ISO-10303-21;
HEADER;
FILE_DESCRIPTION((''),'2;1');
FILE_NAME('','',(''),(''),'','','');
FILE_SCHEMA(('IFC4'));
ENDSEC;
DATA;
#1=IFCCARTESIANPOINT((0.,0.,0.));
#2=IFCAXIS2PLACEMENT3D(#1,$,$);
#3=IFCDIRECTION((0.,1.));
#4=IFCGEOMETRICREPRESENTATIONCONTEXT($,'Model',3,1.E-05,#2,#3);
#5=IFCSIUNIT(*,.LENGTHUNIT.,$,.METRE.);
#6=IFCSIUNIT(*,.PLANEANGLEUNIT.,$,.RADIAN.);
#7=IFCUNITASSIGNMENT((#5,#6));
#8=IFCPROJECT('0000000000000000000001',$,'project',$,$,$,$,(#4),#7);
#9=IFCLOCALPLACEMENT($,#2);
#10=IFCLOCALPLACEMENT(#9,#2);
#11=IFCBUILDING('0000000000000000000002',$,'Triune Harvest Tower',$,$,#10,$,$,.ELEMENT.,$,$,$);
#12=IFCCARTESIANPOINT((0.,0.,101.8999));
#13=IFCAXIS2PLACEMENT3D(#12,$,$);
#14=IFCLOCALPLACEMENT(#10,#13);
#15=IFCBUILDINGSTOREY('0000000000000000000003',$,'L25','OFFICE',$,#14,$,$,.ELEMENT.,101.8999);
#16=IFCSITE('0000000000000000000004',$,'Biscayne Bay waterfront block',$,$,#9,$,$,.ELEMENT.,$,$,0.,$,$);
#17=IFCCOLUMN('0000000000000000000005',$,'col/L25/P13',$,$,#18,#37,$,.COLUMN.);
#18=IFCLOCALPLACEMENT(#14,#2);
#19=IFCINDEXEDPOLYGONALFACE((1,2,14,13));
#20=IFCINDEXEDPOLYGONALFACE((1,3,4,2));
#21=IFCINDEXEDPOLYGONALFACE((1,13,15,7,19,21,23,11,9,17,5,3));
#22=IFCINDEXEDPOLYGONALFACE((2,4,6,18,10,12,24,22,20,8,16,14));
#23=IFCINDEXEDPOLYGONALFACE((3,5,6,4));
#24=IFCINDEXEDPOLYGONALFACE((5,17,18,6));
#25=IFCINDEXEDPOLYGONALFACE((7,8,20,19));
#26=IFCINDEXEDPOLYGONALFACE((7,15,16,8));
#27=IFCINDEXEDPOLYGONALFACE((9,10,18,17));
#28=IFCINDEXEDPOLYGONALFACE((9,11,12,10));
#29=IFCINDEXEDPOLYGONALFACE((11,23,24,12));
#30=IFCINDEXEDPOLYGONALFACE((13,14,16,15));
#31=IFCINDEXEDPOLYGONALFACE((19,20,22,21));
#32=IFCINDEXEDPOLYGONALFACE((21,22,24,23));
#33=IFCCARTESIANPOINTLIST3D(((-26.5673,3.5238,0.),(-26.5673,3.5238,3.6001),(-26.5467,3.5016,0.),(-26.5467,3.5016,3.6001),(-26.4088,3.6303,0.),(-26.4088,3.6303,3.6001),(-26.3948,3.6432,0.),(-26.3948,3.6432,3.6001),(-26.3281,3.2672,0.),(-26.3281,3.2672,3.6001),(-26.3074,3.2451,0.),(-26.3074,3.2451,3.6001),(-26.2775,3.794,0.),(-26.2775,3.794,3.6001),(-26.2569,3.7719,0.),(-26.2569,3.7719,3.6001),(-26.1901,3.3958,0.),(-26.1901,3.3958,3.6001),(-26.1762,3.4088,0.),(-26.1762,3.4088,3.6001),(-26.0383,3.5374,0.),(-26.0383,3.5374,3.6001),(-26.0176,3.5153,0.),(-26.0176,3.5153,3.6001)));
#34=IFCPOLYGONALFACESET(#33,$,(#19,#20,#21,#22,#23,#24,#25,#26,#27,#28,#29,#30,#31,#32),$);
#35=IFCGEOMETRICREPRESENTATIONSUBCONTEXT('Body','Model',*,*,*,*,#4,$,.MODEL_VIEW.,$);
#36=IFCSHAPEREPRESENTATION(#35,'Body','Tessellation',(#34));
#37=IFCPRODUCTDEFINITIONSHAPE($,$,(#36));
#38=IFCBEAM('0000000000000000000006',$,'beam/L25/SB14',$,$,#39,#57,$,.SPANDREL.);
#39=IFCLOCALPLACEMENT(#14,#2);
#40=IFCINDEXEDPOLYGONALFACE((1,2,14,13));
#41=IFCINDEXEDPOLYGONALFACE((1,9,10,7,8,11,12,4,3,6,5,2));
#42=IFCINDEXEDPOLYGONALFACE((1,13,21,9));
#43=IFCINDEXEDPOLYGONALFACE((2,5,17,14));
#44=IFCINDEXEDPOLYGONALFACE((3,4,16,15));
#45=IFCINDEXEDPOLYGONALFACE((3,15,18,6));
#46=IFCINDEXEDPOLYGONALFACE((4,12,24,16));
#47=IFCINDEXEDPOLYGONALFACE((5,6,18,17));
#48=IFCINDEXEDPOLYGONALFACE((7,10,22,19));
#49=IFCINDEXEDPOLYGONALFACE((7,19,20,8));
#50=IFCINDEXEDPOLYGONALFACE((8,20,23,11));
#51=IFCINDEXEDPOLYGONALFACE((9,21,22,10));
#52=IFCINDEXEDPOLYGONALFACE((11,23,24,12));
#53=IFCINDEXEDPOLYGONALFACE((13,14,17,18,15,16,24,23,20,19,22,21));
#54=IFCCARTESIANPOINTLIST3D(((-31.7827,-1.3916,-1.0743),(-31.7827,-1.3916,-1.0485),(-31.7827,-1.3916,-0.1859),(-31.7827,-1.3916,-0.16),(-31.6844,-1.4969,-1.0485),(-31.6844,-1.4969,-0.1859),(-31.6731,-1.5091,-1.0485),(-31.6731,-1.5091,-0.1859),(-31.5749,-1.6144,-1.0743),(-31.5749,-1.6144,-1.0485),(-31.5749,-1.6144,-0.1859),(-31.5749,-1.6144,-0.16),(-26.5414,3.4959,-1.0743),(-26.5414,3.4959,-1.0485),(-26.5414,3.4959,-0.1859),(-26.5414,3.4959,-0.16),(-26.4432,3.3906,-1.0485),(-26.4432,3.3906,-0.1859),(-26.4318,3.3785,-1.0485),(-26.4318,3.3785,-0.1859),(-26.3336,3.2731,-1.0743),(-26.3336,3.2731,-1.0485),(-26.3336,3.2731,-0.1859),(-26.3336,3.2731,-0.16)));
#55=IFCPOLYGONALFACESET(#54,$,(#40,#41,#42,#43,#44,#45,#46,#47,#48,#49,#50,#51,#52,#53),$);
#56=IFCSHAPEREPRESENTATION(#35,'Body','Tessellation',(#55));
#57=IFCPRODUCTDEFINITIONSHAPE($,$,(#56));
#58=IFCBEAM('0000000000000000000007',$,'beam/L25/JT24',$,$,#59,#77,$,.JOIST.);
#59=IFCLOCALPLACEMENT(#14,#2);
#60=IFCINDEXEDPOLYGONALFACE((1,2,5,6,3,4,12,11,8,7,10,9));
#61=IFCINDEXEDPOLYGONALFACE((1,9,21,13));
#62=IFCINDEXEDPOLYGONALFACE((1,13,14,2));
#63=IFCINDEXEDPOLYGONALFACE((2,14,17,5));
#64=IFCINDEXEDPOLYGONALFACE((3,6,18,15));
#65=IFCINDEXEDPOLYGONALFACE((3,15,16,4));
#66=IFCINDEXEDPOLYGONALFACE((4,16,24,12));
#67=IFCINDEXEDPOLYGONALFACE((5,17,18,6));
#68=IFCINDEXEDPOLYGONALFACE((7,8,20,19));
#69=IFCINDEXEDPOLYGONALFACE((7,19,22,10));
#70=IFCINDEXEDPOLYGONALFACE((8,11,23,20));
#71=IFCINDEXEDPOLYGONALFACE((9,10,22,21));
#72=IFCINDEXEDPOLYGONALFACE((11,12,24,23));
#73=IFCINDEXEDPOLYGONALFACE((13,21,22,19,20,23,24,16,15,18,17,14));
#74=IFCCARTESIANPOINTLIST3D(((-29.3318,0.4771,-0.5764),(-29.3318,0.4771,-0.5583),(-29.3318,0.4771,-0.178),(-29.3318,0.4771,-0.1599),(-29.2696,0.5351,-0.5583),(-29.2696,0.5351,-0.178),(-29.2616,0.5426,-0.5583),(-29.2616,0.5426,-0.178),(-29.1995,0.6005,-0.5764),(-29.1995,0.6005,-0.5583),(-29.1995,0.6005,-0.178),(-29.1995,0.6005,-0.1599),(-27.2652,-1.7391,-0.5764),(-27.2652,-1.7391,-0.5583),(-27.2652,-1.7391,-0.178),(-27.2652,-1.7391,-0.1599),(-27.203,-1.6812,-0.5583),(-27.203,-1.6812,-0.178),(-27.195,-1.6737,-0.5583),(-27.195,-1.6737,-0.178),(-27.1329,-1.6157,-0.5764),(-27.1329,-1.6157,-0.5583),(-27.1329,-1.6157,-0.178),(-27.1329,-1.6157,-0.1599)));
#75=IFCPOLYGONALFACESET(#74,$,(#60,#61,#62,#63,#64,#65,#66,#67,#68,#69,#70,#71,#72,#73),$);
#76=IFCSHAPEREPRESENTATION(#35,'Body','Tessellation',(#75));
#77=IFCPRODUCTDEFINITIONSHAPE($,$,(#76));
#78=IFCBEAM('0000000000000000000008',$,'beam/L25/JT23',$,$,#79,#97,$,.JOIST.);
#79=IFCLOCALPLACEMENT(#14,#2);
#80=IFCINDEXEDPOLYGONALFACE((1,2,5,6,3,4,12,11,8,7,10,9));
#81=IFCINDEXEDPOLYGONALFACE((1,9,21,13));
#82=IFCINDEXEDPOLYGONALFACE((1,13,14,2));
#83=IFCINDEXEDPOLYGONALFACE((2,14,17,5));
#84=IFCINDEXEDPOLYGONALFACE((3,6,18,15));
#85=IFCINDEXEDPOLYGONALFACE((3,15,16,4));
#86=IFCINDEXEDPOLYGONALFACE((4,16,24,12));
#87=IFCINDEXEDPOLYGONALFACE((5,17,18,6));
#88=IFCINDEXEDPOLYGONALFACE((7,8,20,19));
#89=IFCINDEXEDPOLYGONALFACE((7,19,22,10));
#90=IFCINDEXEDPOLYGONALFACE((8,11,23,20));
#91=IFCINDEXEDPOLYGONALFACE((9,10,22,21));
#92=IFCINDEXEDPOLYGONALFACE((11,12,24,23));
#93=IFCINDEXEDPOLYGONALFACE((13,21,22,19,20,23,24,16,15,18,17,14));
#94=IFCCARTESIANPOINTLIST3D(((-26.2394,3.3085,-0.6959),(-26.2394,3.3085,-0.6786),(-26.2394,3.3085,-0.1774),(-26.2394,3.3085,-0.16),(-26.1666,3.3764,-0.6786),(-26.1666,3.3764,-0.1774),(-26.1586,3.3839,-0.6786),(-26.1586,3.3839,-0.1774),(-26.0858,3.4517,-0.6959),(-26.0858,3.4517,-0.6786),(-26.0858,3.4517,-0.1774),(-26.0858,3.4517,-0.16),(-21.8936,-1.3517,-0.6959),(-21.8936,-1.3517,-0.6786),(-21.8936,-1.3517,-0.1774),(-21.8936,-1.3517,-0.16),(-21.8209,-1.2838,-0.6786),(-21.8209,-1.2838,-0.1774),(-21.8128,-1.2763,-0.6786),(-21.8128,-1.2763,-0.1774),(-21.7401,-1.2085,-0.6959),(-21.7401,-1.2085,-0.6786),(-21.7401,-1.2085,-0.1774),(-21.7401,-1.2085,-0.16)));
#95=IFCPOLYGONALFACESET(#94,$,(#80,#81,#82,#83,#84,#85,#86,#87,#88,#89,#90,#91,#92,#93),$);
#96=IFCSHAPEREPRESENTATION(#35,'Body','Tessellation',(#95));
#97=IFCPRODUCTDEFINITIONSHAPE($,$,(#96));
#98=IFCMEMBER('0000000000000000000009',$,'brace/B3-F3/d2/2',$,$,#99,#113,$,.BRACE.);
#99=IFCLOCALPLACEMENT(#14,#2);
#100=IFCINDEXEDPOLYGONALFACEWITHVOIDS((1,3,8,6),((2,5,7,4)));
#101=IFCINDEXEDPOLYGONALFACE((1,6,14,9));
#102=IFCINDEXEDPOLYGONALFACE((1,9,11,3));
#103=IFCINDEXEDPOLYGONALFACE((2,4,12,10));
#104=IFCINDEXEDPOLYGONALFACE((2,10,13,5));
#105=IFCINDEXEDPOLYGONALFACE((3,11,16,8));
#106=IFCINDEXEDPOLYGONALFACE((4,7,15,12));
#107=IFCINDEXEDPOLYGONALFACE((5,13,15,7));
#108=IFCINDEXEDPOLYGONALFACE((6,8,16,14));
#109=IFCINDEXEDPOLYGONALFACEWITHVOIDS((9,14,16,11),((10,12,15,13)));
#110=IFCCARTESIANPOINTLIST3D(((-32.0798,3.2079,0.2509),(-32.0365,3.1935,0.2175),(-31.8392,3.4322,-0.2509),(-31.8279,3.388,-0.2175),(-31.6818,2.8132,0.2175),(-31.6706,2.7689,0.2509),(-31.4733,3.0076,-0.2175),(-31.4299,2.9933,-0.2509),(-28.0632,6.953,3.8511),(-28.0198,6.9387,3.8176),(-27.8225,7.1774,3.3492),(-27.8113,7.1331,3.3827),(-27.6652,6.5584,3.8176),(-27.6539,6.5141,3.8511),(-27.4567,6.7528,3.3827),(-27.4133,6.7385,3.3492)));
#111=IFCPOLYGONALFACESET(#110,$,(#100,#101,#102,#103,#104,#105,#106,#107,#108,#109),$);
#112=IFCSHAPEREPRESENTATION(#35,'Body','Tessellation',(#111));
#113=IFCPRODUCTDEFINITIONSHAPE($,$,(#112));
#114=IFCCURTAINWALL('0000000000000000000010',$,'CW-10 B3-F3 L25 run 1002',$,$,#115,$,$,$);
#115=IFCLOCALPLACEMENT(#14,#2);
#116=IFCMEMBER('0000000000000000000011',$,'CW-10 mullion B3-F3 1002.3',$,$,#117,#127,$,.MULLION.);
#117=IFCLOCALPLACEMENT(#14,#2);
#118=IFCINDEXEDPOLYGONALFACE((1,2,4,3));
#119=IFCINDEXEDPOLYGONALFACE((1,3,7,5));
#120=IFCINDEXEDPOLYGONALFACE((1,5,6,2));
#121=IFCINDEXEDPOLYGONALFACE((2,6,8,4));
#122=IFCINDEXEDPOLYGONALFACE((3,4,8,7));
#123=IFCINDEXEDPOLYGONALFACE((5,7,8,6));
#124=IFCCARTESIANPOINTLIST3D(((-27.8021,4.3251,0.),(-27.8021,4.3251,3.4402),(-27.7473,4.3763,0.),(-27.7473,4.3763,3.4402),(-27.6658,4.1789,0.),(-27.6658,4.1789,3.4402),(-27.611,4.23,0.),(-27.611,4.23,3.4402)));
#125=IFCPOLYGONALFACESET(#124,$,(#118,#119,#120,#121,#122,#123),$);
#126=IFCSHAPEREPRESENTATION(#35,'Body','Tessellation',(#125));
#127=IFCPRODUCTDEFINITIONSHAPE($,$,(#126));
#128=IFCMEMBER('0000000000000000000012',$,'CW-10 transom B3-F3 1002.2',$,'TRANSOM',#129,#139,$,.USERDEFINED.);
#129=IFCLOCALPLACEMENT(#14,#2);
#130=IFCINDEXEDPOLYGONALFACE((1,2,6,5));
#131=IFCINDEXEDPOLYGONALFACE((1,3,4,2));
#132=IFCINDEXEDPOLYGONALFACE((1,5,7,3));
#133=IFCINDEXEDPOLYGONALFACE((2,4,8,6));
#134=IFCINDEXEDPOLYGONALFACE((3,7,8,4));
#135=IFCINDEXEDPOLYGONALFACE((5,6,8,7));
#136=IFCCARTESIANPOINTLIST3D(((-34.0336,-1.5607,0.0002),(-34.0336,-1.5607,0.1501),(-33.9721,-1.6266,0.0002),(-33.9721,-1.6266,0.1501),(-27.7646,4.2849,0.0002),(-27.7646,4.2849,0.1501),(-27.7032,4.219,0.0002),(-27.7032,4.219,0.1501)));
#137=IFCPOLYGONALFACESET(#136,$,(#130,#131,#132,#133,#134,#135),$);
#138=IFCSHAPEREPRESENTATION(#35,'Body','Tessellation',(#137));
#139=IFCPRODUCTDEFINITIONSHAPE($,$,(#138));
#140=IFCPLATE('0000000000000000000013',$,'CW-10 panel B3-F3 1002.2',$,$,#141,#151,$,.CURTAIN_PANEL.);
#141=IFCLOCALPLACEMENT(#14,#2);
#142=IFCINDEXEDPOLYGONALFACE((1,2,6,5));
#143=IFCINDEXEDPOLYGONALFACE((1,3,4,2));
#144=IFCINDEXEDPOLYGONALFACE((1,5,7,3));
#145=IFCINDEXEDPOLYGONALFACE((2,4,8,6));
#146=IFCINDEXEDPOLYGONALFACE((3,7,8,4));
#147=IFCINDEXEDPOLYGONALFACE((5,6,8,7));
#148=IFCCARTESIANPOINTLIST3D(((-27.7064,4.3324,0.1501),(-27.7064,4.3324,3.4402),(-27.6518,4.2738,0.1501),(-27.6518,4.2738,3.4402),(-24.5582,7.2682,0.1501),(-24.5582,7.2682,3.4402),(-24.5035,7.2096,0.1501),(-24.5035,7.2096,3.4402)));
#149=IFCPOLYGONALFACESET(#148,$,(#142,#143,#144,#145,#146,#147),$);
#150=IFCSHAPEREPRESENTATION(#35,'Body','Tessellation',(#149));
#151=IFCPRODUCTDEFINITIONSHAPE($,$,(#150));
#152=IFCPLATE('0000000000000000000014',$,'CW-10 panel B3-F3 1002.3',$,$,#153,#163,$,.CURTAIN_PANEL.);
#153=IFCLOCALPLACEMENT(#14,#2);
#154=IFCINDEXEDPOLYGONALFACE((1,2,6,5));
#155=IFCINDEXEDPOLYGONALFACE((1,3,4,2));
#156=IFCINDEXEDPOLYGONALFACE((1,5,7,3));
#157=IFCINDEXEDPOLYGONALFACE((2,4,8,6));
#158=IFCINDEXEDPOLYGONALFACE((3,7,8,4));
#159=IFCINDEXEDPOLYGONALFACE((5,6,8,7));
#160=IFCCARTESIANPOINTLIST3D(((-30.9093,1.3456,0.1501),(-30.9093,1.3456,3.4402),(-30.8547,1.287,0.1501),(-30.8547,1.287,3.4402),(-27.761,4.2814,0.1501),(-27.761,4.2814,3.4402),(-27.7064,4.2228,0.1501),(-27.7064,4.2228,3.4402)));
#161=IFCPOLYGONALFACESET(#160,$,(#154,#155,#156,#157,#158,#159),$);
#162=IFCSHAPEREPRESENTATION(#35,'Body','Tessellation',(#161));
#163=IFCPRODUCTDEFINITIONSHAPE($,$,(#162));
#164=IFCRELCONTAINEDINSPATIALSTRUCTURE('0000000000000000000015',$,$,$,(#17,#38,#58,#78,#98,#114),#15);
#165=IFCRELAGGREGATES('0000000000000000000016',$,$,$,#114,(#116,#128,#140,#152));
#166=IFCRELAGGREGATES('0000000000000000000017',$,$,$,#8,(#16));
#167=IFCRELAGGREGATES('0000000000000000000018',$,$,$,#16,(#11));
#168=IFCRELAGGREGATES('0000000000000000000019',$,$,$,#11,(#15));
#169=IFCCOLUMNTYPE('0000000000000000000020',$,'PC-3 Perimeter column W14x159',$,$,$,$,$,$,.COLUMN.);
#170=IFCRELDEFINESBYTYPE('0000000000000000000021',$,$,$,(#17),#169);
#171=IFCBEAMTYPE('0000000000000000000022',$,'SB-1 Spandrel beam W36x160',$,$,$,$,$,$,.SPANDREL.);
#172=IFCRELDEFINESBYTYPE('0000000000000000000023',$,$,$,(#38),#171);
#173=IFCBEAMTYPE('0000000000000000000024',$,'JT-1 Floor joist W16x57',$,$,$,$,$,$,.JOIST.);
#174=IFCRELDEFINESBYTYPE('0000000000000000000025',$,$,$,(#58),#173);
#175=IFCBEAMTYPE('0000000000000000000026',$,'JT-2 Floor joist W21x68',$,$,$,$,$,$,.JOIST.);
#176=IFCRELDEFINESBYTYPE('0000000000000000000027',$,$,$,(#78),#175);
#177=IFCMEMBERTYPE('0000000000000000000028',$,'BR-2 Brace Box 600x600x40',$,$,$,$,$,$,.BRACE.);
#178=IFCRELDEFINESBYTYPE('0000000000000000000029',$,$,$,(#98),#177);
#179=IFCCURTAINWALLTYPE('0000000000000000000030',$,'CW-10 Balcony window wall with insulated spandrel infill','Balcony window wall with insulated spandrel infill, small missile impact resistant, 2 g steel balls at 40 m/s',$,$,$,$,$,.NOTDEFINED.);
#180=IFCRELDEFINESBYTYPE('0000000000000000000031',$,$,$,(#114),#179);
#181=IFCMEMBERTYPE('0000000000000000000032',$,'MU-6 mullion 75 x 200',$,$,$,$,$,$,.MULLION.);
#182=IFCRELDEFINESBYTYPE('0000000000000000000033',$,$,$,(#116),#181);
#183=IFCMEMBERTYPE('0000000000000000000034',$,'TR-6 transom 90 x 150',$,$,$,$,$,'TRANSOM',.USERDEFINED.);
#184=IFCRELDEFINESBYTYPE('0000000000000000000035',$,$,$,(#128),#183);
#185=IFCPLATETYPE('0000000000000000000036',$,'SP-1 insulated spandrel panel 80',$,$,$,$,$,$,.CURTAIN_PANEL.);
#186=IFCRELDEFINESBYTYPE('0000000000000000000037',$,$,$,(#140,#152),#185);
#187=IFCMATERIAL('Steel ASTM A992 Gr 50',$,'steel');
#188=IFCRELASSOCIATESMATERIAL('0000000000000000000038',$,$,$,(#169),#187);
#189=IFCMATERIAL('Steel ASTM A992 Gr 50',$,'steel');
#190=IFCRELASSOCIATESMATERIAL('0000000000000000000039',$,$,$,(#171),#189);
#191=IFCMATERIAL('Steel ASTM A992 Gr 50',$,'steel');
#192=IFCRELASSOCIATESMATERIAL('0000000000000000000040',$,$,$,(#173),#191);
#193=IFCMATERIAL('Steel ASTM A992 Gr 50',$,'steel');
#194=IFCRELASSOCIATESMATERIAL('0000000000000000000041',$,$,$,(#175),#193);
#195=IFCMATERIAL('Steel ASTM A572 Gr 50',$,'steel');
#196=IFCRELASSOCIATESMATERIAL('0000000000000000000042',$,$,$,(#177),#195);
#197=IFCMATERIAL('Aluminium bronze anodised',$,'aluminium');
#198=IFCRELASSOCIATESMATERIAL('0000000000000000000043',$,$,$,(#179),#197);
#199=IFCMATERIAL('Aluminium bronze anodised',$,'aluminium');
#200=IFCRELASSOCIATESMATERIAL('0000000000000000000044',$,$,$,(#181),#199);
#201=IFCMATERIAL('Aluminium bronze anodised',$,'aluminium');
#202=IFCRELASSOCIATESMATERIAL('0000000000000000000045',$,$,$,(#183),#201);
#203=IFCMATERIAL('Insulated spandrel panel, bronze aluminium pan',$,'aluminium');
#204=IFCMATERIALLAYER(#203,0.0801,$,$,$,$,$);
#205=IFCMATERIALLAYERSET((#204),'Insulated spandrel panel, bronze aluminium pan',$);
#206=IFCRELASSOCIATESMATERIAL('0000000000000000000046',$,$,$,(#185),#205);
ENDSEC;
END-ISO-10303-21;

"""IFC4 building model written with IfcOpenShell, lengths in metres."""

from ifc_helpers import new_model, si_unit, direction, frame, origin, origin_2d, place, context, subcontext, project, spatial, rectangle, hollow_rectangle, i_section, extrude, source, transform, mapped, material, layer, layer_set, material_profile, profile_set, type_object, element, aggregate, save


model = new_model("IFC4")

# Units and contexts
model_context = context("Model", 3, precision=1e-05, world=origin(), true_north=direction((0.0, 1.0)))
body_context = subcontext(model_context, "Body", "Model", "MODEL_VIEW")
ifc_project = project(units=[si_unit("LENGTHUNIT", "METRE"), si_unit("PLANEANGLEUNIT", "RADIAN")], contexts=[model_context])

# Site, building, storey
site_placement = place(None, origin())
site = spatial("IfcSite", under=ifc_project, at=site_placement, Name="Biscayne Bay waterfront block", CompositionType="ELEMENT", RefElevation=0.0)
building_placement = place(site_placement, origin())
building = spatial("IfcBuilding", under=site, at=building_placement, Name="Triune Harvest Tower", CompositionType="ELEMENT")
storey_placement = place(building_placement, frame((0.0, 0.0, 101.8999)))
storey = spatial("IfcBuildingStorey", under=building, at=storey_placement, Name="L25", Description="OFFICE", CompositionType="ELEMENT", Elevation=101.8999)

# Column
ifc_material_1 = material(Name="Steel ASTM A992 Gr 50", Category="steel")
ifc_material_profile_1 = material_profile(ifc_material_1, i_section(OverallWidth=0.3962, OverallDepth=0.3811, WebThickness=0.019, FlangeThickness=0.0303, at=origin_2d()), Name="W14x159")
ifc_profile_set_1 = profile_set([ifc_material_profile_1], Name="Steel ASTM A992 Gr 50")
column_type = type_object("IfcColumnType", Name="PC-3 Perimeter column W14x159", PredefinedType="COLUMN", material=ifc_profile_set_1)
shared_shape_1 = source(origin(), body_context, "Body", "SweptSolid", [
    extrude(i_section(OverallWidth=0.3962, OverallDepth=0.3811, WebThickness=0.019, FlangeThickness=0.0303, at=origin_2d()), origin(), (0.0, 0.0, 1.0), 3.6001),
])
column_placement = place(storey_placement, frame((-26.2925, 3.5195, 0.0), z_axis=(0.0, 0.0, 1.0), x_axis=(-0.731355, -0.681997, 0.0)))
element("IfcColumn", 1, at=column_placement, inside=storey, type_object=column_type, Name="col/L25/P13", PredefinedType="COLUMN", context=body_context, shape_type="MappedRepresentation", body=[
    mapped(shared_shape_1, transform((0.0, 0.0, 0.0), scale=1.0)),
])

# Beams
ifc_material_2 = material(Name="Steel ASTM A992 Gr 50", Category="steel")
ifc_material_profile_2 = material_profile(ifc_material_2, i_section(OverallWidth=0.3047, OverallDepth=0.9143, WebThickness=0.0166, FlangeThickness=0.0259, at=origin_2d()), Name="W36x160")
ifc_profile_set_2 = profile_set([ifc_material_profile_2], Name="Steel ASTM A992 Gr 50")
beam_type_1 = type_object("IfcBeamType", Name="SB-1 Spandrel beam W36x160", PredefinedType="SPANDREL", material=ifc_profile_set_2)
shared_shape_2 = source(origin(), body_context, "Body", "SweptSolid", [
    extrude(i_section(OverallWidth=0.3047, OverallDepth=0.9143, WebThickness=0.0166, FlangeThickness=0.0259, at=origin_2d()), origin(), (0.0, 0.0, 1.0), 7.1665),
])
beam_1_placement = place(storey_placement, frame((-26.4375, 3.3845, -0.6172), z_axis=(-0.731358, -0.681994, 0.0), x_axis=(0.681994, -0.731358, 0.0)))
element("IfcBeam", 2, at=beam_1_placement, inside=storey, type_object=beam_type_1, Name="beam/L25/SB14", PredefinedType="SPANDREL", context=body_context, shape_type="MappedRepresentation", body=[
    mapped(shared_shape_2, transform((0.0, 0.0, 0.0), scale=1.0)),
])
ifc_material_3 = material(Name="Steel ASTM A992 Gr 50", Category="steel")
ifc_material_profile_3 = material_profile(ifc_material_3, i_section(OverallWidth=0.1809, OverallDepth=0.4165, WebThickness=0.011, FlangeThickness=0.0181, at=origin_2d()), Name="W16x57")
ifc_profile_set_3 = profile_set([ifc_material_profile_3], Name="Steel ASTM A992 Gr 50")
beam_type_2 = type_object("IfcBeamType", Name="JT-1 Floor joist W16x57", PredefinedType="JOIST", material=ifc_profile_set_3)
shared_shape_3 = source(origin(), body_context, "Body", "SweptSolid", [
    extrude(i_section(OverallWidth=0.1809, OverallDepth=0.4165, WebThickness=0.011, FlangeThickness=0.0181, at=origin_2d()), origin(), (0.0, 0.0, 1.0), 3.0303),
])
beam_2_placement = place(storey_placement, frame((-29.2656, 0.5388, -0.3682), z_axis=(0.681982, -0.731369, 0.0), x_axis=(0.731369, 0.681982, 0.0)))
element("IfcBeam", 3, at=beam_2_placement, inside=storey, type_object=beam_type_2, Name="beam/L25/JT24", PredefinedType="JOIST", context=body_context, shape_type="MappedRepresentation", body=[
    mapped(shared_shape_3, transform((0.0, 0.0, 0.0), scale=1.0)),
])
ifc_material_4 = material(Name="Steel ASTM A992 Gr 50", Category="steel")
ifc_material_profile_4 = material_profile(ifc_material_4, i_section(OverallWidth=0.21, OverallDepth=0.5359, WebThickness=0.011, FlangeThickness=0.0173, at=origin_2d()), Name="W21x68")
ifc_profile_set_4 = profile_set([ifc_material_profile_4], Name="Steel ASTM A992 Gr 50")
beam_type_3 = type_object("IfcBeamType", Name="JT-2 Floor joist W21x68", PredefinedType="JOIST", material=ifc_profile_set_4)
shared_shape_4 = source(origin(), body_context, "Body", "SweptSolid", [
    extrude(i_section(OverallWidth=0.21, OverallDepth=0.5359, WebThickness=0.011, FlangeThickness=0.0173, at=origin_2d()), origin(), (0.0, 0.0, 1.0), 6.3721),
])
beam_3_placement = place(storey_placement, frame((-26.1626, 3.3801, -0.428), z_axis=(0.682001, -0.731351, 0.0), x_axis=(0.731351, 0.682001, 0.0)))
element("IfcBeam", 4, at=beam_3_placement, inside=storey, type_object=beam_type_3, Name="beam/L25/JT23", PredefinedType="JOIST", context=body_context, shape_type="MappedRepresentation", body=[
    mapped(shared_shape_4, transform((0.0, 0.0, 0.0), scale=1.0)),
])

# Member
ifc_material_5 = material(Name="Steel ASTM A572 Gr 50", Category="steel")
ifc_material_profile_5 = material_profile(ifc_material_5, hollow_rectangle(XDim=0.6001, YDim=0.6001, WallThickness=0.04, at=origin_2d()), Name="Box 600x600x40")
ifc_profile_set_5 = profile_set([ifc_material_profile_5], Name="Steel ASTM A572 Gr 50")
member_type_1 = type_object("IfcMemberType", Name="BR-2 Brace Box 600x600x40", PredefinedType="BRACE", material=ifc_profile_set_5)
shared_shape_5 = source(origin(), body_context, "Body", "SweptSolid", [
    extrude(hollow_rectangle(XDim=0.6001, YDim=0.6001, WallThickness=0.04, at=origin_2d()), origin(), (0.0, 0.0, 1.0), 6.5667),
])
member_1_placement = place(storey_placement, frame((-31.7549, 3.1006, 0.0), z_axis=(0.611675, 0.570332, 0.548247), x_axis=(-0.681957, 0.731392, 0.0)))
element("IfcMember", 5, at=member_1_placement, inside=storey, type_object=member_type_1, Name="brace/B3-F3/d2/2", PredefinedType="BRACE", context=body_context, shape_type="MappedRepresentation", body=[
    mapped(shared_shape_5, transform((0.0, 0.0, 0.0), scale=1.0)),
])

# Curtain wall, members, plates
ifc_material_6 = material(Name="Aluminium bronze anodised", Category="aluminium")
curtain_wall_type = type_object("IfcCurtainWallType", Name="CW-10 Balcony window wall with insulated spandrel infill", Description="Balcony window wall with insulated spandrel infill, small missile impact resistant, 2 g steel balls at 40 m/s", PredefinedType="NOTDEFINED", material=ifc_material_6)
curtain_wall_placement = place(storey_placement, origin())
curtain_wall = element("IfcCurtainWall", 6, at=curtain_wall_placement, inside=storey, type_object=curtain_wall_type, Name="CW-10 B3-F3 L25 run 1002")
ifc_material_7 = material(Name="Aluminium bronze anodised", Category="aluminium")
ifc_material_profile_6 = material_profile(ifc_material_7, rectangle(XDim=0.2, YDim=0.075, at=origin_2d()), Name="MU-6 mullion 75 x 200")
ifc_profile_set_6 = profile_set([ifc_material_profile_6], Name="Aluminium bronze anodised")
member_type_2 = type_object("IfcMemberType", Name="MU-6 mullion 75 x 200", PredefinedType="MULLION", material=ifc_profile_set_6)
shared_shape_6 = source(origin(), body_context, "Body", "SweptSolid", [
    extrude(rectangle(XDim=0.2, YDim=0.075, at=origin_2d()), origin(), (0.0, 0.0, 1.0), 3.4402),
])
member_2_placement = place(storey_placement, frame((-27.7065, 4.2776, 0.0), z_axis=(0.0, 0.0, 1.0), x_axis=(0.681997, -0.731355, 0.0)))
member_2 = element("IfcMember", 7, at=member_2_placement, type_object=member_type_2, Name="CW-10 mullion B3-F3 1002.3", PredefinedType="MULLION", context=body_context, shape_type="MappedRepresentation", body=[
    mapped(shared_shape_6, transform((0.0, 0.0, 0.0), scale=1.0)),
])
ifc_material_8 = material(Name="Aluminium bronze anodised", Category="aluminium")
ifc_material_profile_7 = material_profile(ifc_material_8, rectangle(XDim=0.0901, YDim=0.1499, at=origin_2d()), Name="TR-6 transom 90 x 150")
ifc_profile_set_7 = profile_set([ifc_material_profile_7], Name="Aluminium bronze anodised")
member_type_3 = type_object("IfcMemberType", Name="TR-6 transom 90 x 150", ElementType="TRANSOM", PredefinedType="USERDEFINED", material=ifc_profile_set_7)
shared_shape_7 = source(origin(), body_context, "Body", "SweptSolid", [
    extrude(rectangle(XDim=0.0901, YDim=0.1499, at=origin_2d()), origin(), (0.0, 0.0, 1.0), 8.5715),
])
member_3_placement = place(storey_placement, frame((-27.7339, 4.252, 0.0752), z_axis=(-0.73137, -0.681981, 0.0), x_axis=(0.681981, -0.73137, 0.0)))
member_3 = element("IfcMember", 8, at=member_3_placement, type_object=member_type_3, Name="CW-10 transom B3-F3 1002.2", ObjectType="TRANSOM", PredefinedType="USERDEFINED", context=body_context, shape_type="MappedRepresentation", body=[
    mapped(shared_shape_7, transform((0.0, 0.0, 0.0), scale=1.0)),
])
ifc_material_9 = material(Name="Insulated spandrel panel, bronze aluminium pan", Category="aluminium")
ifc_layer_1 = layer(ifc_material_9, 0.0801)
ifc_layer_set_1 = layer_set([ifc_layer_1], Name="Insulated spandrel panel, bronze aluminium pan")
plate_type = type_object("IfcPlateType", Name="SP-1 insulated spandrel panel 80", PredefinedType="CURTAIN_PANEL", material=ifc_layer_set_1)
shared_shape_8 = source(origin(), body_context, "Body", "SweptSolid", [
    extrude(rectangle(XDim=4.3047, YDim=0.0801, at=origin_2d()), origin(), (0.0, 0.0, 1.0), 3.29),
])
plate_1_placement = place(storey_placement, frame((-26.105, 5.771, 0.1501), z_axis=(0.0, 0.0, 1.0), x_axis=(-0.731355, -0.681997, 0.0)))
plate_1 = element("IfcPlate", 9, at=plate_1_placement, type_object=plate_type, Name="CW-10 panel B3-F3 1002.2", PredefinedType="CURTAIN_PANEL", context=body_context, shape_type="MappedRepresentation", body=[
    mapped(shared_shape_8, transform((0.0, 0.0, 0.0), scale=1.0)),
])
plate_2_placement = place(storey_placement, frame((-29.3079, 2.7842, 0.1501), z_axis=(0.0, 0.0, 1.0), x_axis=(-0.731355, -0.681997, 0.0)))
plate_2 = element("IfcPlate", 10, at=plate_2_placement, type_object=plate_type, Name="CW-10 panel B3-F3 1002.3", PredefinedType="CURTAIN_PANEL", context=body_context, shape_type="MappedRepresentation", body=[
    mapped(shared_shape_8, transform((0.0, 0.0, 0.0), scale=1.0)),
])
aggregate(curtain_wall, [member_2, member_3, plate_1, plate_2])

save(model, "model.ifc")
